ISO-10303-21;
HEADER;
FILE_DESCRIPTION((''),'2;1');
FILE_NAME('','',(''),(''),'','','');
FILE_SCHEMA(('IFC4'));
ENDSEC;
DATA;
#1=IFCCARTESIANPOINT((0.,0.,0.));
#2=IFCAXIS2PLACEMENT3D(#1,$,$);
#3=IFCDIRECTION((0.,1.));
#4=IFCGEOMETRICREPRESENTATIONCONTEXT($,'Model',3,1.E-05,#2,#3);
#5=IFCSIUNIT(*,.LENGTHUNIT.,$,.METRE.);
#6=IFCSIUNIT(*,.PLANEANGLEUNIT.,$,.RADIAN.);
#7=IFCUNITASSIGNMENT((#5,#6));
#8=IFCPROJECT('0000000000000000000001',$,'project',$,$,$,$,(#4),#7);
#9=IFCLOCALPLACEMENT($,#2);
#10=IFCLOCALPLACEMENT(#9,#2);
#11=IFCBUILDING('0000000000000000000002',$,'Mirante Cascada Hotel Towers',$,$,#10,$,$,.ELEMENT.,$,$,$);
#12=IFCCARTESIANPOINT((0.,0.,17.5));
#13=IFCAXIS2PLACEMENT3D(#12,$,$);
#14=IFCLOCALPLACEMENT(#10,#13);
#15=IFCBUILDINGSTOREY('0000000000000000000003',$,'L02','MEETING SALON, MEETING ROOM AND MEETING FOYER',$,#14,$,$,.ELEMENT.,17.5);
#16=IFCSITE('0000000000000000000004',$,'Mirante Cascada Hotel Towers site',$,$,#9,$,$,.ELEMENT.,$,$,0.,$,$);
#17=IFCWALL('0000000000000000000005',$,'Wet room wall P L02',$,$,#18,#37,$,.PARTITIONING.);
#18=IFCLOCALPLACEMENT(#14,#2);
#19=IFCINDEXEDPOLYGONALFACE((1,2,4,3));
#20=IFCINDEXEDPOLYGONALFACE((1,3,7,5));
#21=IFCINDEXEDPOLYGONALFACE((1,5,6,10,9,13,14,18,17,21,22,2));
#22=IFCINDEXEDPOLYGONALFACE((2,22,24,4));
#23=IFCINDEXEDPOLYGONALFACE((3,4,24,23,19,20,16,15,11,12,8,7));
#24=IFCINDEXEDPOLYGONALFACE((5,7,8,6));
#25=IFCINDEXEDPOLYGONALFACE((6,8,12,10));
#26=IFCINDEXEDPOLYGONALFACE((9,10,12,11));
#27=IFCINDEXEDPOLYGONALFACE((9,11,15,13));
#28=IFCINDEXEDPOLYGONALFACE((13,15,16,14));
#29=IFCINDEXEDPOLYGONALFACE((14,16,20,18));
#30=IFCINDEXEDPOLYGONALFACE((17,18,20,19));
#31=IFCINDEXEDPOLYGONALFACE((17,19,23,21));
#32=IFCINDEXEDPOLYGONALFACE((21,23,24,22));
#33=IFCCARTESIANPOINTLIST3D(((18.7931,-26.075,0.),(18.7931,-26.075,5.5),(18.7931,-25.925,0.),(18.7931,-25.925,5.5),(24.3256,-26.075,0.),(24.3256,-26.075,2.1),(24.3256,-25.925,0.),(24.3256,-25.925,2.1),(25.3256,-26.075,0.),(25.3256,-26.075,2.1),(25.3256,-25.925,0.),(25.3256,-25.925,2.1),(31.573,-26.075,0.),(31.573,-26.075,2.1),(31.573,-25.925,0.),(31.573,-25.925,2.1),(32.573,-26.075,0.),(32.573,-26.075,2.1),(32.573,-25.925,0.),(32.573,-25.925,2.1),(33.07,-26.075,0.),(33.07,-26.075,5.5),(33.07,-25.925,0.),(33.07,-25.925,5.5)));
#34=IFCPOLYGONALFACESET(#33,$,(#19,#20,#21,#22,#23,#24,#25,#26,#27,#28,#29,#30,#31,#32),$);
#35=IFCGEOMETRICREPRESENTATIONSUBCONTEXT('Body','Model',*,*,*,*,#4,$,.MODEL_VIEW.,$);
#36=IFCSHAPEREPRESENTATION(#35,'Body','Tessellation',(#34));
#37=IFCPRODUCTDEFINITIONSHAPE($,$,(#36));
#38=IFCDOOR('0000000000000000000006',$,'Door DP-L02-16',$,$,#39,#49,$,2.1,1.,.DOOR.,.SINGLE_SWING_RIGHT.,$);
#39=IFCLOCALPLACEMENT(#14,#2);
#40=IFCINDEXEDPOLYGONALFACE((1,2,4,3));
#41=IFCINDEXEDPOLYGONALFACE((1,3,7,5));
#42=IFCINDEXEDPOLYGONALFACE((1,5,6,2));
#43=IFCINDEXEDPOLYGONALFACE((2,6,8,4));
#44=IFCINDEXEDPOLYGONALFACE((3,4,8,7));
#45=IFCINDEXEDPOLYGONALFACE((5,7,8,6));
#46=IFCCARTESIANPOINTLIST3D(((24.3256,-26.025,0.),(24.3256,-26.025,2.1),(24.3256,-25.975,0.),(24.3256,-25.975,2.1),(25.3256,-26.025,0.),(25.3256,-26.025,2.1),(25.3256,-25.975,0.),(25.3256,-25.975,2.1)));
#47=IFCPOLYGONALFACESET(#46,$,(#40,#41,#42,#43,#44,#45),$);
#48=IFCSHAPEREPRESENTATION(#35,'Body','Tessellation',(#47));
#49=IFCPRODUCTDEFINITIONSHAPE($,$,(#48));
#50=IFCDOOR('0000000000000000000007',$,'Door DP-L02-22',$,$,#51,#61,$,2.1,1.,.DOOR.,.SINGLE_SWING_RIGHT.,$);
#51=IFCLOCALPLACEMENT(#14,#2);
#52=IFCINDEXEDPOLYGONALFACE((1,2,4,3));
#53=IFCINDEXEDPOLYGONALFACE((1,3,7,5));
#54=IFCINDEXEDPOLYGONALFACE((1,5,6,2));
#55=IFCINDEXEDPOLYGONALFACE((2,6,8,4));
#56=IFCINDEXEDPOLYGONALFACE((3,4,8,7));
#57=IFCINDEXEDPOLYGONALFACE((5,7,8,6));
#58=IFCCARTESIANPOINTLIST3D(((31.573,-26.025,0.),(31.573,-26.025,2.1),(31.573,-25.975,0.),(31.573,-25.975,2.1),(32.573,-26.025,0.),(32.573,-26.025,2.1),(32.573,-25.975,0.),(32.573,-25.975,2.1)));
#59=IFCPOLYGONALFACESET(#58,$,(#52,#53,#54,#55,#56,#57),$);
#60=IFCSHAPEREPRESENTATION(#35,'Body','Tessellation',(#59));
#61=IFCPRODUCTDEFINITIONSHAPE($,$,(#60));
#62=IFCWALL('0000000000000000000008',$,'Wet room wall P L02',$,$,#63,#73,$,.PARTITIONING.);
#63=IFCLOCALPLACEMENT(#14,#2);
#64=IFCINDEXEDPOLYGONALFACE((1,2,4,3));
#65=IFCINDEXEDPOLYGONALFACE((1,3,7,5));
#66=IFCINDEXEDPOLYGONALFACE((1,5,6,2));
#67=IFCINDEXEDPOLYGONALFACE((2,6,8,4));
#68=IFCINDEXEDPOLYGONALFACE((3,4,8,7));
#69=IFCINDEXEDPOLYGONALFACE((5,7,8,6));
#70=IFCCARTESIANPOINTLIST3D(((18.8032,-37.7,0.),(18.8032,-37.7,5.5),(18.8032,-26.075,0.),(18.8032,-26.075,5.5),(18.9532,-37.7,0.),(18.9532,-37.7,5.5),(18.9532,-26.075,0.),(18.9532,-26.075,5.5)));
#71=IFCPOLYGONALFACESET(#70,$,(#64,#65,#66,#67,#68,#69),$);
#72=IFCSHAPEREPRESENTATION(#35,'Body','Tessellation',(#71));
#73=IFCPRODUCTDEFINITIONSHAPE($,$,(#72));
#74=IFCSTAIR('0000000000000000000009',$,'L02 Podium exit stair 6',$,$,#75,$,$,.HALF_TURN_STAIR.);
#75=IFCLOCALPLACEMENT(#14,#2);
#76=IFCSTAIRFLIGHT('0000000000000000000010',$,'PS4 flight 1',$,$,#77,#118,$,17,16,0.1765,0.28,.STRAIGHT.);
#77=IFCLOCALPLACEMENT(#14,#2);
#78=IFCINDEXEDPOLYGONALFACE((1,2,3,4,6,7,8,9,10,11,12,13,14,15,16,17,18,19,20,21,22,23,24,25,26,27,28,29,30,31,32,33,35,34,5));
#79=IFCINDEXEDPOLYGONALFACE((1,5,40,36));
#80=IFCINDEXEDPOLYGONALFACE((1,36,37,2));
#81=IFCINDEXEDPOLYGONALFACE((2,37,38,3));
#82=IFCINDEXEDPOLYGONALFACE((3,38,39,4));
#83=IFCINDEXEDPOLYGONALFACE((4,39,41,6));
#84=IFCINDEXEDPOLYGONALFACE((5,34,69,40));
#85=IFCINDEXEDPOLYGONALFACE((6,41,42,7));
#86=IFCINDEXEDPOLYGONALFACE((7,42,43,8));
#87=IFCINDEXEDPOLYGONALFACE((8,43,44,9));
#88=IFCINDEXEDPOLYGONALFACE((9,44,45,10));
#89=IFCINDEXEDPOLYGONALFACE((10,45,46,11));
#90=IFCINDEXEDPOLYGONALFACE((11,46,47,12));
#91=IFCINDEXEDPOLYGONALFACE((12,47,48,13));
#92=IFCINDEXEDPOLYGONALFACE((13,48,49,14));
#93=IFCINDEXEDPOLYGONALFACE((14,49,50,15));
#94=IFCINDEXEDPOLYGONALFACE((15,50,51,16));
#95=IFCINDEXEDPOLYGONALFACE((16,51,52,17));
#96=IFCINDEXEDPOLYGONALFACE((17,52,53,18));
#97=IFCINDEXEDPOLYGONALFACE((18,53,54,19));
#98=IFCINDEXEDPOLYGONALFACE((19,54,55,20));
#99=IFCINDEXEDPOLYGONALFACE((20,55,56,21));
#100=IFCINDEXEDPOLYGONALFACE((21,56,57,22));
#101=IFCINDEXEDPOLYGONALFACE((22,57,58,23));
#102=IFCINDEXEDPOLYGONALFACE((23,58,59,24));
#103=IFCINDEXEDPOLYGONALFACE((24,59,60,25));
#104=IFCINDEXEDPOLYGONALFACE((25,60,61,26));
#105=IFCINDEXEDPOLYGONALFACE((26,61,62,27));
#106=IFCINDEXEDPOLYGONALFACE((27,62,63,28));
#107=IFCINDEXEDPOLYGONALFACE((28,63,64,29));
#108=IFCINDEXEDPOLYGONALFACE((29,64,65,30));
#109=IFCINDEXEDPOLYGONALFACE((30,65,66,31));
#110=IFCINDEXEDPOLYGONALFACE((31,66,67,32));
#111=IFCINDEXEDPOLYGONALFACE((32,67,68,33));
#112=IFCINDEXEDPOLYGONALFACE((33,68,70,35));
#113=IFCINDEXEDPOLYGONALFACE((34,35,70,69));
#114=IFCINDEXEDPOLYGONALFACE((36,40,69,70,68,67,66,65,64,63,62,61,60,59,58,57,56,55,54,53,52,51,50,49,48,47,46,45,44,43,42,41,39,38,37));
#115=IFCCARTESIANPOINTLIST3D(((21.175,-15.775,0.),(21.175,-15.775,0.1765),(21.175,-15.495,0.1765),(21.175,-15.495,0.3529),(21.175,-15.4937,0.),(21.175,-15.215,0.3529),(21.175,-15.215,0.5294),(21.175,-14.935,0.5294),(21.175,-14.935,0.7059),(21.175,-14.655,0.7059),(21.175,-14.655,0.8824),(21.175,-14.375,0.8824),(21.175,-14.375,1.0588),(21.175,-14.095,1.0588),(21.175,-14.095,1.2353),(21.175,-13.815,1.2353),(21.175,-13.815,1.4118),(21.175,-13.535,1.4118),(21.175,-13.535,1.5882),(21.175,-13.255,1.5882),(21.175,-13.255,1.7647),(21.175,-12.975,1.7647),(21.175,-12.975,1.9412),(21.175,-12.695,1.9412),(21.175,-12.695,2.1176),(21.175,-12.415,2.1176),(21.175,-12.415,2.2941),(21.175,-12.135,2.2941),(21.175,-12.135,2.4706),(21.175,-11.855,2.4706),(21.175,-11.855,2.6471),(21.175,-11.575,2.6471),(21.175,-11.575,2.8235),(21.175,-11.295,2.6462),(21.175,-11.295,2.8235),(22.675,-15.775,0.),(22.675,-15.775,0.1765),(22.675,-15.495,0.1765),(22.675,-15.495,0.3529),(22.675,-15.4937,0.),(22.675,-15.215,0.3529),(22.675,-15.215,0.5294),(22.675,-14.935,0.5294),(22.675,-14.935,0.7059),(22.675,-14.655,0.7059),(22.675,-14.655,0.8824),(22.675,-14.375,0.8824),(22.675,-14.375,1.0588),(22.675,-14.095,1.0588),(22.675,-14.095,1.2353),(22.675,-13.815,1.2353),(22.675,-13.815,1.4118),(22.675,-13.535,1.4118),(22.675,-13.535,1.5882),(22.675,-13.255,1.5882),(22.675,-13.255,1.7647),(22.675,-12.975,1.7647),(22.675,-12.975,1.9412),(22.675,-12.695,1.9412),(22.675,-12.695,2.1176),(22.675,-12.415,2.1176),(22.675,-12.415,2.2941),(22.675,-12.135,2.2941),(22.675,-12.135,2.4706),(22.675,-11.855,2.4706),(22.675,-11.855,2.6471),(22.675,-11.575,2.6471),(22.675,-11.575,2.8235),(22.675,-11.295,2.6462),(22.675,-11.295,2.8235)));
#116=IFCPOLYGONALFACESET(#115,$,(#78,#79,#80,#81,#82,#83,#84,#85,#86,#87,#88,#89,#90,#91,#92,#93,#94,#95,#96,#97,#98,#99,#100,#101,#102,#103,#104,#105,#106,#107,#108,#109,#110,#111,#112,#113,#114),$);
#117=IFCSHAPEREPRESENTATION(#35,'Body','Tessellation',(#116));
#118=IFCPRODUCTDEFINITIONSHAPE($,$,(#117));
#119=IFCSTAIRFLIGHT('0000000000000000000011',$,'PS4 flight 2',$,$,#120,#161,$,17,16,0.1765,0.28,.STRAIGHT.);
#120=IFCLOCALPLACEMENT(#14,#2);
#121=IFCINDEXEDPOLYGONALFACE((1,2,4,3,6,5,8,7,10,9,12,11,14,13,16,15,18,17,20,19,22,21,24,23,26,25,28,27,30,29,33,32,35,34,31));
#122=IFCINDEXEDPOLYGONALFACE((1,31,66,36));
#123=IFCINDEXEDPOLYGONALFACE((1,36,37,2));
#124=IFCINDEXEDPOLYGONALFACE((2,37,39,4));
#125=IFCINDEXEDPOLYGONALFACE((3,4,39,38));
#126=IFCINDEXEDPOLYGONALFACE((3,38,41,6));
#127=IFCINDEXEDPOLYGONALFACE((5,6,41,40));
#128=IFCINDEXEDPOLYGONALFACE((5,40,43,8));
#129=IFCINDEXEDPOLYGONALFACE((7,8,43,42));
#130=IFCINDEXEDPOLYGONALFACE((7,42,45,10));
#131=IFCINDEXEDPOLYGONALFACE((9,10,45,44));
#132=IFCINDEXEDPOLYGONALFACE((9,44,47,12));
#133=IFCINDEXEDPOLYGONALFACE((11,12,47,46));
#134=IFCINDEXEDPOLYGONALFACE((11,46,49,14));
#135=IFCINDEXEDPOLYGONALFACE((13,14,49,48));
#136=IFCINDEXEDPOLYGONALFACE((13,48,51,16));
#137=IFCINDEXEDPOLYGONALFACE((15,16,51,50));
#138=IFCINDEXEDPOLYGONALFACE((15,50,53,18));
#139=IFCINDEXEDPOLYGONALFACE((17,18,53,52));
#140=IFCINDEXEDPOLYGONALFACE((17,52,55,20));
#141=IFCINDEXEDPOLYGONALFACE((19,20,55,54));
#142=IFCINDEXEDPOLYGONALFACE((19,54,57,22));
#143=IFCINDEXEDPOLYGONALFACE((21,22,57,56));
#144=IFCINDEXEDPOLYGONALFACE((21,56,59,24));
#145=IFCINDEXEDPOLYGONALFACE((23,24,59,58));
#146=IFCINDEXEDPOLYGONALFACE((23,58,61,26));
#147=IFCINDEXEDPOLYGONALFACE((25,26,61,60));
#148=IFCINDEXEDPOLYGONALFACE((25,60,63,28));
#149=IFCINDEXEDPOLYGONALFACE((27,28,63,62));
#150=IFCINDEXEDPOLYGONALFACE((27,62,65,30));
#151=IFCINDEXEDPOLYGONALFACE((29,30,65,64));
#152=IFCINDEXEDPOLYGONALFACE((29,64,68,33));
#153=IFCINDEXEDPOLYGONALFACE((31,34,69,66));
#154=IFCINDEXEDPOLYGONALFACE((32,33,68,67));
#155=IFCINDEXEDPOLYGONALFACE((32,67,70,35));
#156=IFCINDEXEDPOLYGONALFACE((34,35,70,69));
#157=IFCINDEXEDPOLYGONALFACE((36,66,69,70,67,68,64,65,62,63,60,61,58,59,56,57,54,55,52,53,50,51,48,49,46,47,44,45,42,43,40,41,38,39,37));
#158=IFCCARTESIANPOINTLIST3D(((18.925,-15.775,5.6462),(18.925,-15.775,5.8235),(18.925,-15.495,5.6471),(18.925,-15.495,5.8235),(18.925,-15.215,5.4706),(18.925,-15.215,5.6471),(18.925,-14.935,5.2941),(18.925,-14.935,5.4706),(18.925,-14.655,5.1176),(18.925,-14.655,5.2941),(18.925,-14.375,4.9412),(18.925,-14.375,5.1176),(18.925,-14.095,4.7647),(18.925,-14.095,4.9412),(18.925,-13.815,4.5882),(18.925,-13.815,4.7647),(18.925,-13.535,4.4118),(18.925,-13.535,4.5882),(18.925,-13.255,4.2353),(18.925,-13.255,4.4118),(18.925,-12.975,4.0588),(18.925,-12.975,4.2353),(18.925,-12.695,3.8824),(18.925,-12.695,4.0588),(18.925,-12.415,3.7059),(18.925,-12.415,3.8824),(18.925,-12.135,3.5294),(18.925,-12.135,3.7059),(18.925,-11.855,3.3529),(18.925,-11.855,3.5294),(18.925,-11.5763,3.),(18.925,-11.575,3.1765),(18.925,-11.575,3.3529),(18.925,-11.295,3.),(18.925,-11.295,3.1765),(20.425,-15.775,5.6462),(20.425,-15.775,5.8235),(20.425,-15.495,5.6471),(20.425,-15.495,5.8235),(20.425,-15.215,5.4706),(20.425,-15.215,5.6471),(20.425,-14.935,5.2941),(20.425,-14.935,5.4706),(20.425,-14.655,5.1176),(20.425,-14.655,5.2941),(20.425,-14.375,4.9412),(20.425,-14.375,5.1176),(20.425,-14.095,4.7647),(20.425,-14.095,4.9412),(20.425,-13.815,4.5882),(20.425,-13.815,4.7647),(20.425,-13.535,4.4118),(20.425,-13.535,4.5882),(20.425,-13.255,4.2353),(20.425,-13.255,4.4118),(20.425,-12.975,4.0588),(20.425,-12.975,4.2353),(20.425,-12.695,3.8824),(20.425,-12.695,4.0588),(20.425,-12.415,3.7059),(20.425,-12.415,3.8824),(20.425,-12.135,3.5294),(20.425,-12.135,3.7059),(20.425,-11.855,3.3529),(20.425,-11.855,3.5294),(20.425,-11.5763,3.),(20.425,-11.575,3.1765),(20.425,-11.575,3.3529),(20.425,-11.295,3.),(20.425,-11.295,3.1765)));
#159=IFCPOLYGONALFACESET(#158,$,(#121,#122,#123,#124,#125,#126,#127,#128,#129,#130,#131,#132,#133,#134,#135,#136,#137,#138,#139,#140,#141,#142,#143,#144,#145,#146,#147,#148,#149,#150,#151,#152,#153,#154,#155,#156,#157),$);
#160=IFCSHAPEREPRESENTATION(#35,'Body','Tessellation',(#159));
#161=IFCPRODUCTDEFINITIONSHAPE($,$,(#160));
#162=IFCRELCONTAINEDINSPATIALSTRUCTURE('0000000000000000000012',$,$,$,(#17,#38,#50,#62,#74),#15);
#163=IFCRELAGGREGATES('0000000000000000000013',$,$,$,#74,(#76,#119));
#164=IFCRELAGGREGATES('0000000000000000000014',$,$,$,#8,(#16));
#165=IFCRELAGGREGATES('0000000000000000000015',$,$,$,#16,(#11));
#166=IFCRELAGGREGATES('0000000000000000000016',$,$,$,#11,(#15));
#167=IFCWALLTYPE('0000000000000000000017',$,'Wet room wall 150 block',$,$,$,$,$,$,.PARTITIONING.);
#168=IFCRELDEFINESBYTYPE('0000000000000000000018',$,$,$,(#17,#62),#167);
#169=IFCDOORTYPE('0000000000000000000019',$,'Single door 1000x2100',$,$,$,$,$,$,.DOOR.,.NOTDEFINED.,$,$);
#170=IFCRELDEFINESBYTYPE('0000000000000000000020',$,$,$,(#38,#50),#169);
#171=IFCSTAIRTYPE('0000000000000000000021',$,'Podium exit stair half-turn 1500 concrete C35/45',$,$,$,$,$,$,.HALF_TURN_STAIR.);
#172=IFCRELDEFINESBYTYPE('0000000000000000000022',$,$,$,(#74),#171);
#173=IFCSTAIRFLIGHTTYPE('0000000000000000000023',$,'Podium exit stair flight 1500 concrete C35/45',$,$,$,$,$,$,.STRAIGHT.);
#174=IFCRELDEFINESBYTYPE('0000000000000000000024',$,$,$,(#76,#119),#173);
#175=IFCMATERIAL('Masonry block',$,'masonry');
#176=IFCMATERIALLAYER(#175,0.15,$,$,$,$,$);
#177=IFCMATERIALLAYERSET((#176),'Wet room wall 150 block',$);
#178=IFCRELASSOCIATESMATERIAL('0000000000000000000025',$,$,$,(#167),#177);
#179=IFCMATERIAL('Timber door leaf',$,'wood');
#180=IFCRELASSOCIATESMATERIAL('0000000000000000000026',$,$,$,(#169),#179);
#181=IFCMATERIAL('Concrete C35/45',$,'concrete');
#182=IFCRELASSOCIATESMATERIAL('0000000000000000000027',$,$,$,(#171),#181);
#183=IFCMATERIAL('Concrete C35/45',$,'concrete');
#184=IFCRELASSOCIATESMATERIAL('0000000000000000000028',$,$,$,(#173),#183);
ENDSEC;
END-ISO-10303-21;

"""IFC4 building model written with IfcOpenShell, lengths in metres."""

from ifc_helpers import new_model, si_unit, direction, frame, frame_2d, origin, place, context, subcontext, project, spatial, polyline, rectangle, outline, extrude, material, layer, layer_set, type_object, element, fill, aggregate, save


model = new_model("IFC4")

# Units and contexts
model_context = context("Model", 3, precision=1e-05, world=origin(), true_north=direction((0.0, 1.0)))
body_context = subcontext(model_context, "Body", "Model", "MODEL_VIEW")
ifc_project = project(units=[si_unit("LENGTHUNIT", "METRE"), si_unit("PLANEANGLEUNIT", "RADIAN")], contexts=[model_context])

# Site, building, storey
site_placement = place(None, origin())
site = spatial("IfcSite", under=ifc_project, at=site_placement, Name="Mirante Cascada Hotel Towers site", CompositionType="ELEMENT", RefElevation=0.0)
building_placement = place(site_placement, origin())
building = spatial("IfcBuilding", under=site, at=building_placement, Name="Mirante Cascada Hotel Towers", CompositionType="ELEMENT")
storey_placement = place(building_placement, frame((0.0, 0.0, 17.5)))
storey = spatial("IfcBuildingStorey", under=building, at=storey_placement, Name="L02", Description="MEETING SALON, MEETING ROOM AND MEETING FOYER", CompositionType="ELEMENT", Elevation=17.5)

# Wall, openings, doors
ifc_material_1 = material(Name="Masonry block", Category="masonry")
ifc_layer_1 = layer(ifc_material_1, 0.15)
ifc_layer_set_1 = layer_set([ifc_layer_1], Name="Wet room wall 150 block")
wall_type_1 = type_object("IfcWallType", Name="Wet room wall 150 block", PredefinedType="PARTITIONING", material=ifc_layer_set_1)
wall_1_placement = place(storey_placement, frame((18.7932, -26.0, 0.0), z_axis=(0.0, 0.0, 1.0), x_axis=(1.0, 0.0, 0.0)))
wall_1 = element("IfcWall", 1, at=wall_1_placement, inside=storey, type_object=wall_type_1, Name="Wet room wall P L02", PredefinedType="PARTITIONING", context=body_context, shape_type="SweptSolid", body=[
    extrude(rectangle(XDim=14.2769, YDim=0.15, at=frame_2d((7.1384, 0.0))), origin(), (0.0, 0.0, 1.0), 5.5),
])
opening_1_placement = place(wall_1_placement, frame((5.5324, 0.0, 0.0)))
opening_1 = element("IfcOpeningElement", 2, at=opening_1_placement, cuts=wall_1, PredefinedType="OPENING", context=body_context, shape_type="SweptSolid", body=[
    extrude(rectangle(XDim=1.0, YDim=2.1, at=frame_2d((0.5, 1.05))), frame((0.0, 0.075, 0.0), z_axis=(0.0, -1.0, 0.0), x_axis=(1.0, 0.0, 0.0)), (0.0, 0.0, 1.0), 0.15),
])
opening_2_placement = place(wall_1_placement, frame((12.7798, 0.0, 0.0)))
opening_2 = element("IfcOpeningElement", 3, at=opening_2_placement, cuts=wall_1, PredefinedType="OPENING", context=body_context, shape_type="SweptSolid", body=[
    extrude(rectangle(XDim=1.0, YDim=2.1, at=frame_2d((0.5, 1.05))), frame((0.0, 0.075, 0.0), z_axis=(0.0, -1.0, 0.0), x_axis=(1.0, 0.0, 0.0)), (0.0, 0.0, 1.0), 0.15),
])
ifc_material_2 = material(Name="Timber door leaf", Category="wood")
door_type_1 = type_object("IfcDoorType", Name="Single door 1000x2100", OperationType="NOTDEFINED", PredefinedType="DOOR", material=ifc_material_2)
door_1_placement = place(opening_1_placement, frame((1.0, 0.0, 0.0), z_axis=(0.0, 0.0, 1.0), x_axis=(-1.0, 0.0, 0.0)))
door_1 = element("IfcDoor", 4, at=door_1_placement, inside=storey, type_object=door_type_1, Name="Door DP-L02-16", OperationType="SINGLE_SWING_RIGHT", OverallHeight=2.1, OverallWidth=1.0, PredefinedType="DOOR", context=body_context, shape_type="SweptSolid", body=[
    extrude(rectangle(XDim=1.0, YDim=2.1, at=frame_2d((0.5, 1.05))), frame((0.0, 0.025, 0.0), z_axis=(0.0, -1.0, 0.0), x_axis=(1.0, 0.0, 0.0)), (0.0, 0.0, 1.0), 0.05),
])
fill(opening_1, door_1)
door_2_placement = place(opening_2_placement, frame((1.0, 0.0, 0.0), z_axis=(0.0, 0.0, 1.0), x_axis=(-1.0, 0.0, 0.0)))
door_2 = element("IfcDoor", 5, at=door_2_placement, inside=storey, type_object=door_type_1, Name="Door DP-L02-22", OperationType="SINGLE_SWING_RIGHT", OverallHeight=2.1, OverallWidth=1.0, PredefinedType="DOOR", context=body_context, shape_type="SweptSolid", body=[
    extrude(rectangle(XDim=1.0, YDim=2.1, at=frame_2d((0.5, 1.05))), frame((0.0, 0.025, 0.0), z_axis=(0.0, -1.0, 0.0), x_axis=(1.0, 0.0, 0.0)), (0.0, 0.0, 1.0), 0.05),
])
fill(opening_2, door_2)

# Wall
wall_2_placement = place(storey_placement, frame((18.8782, -37.7, 0.0), z_axis=(0.0, 0.0, 1.0), x_axis=(0.0, 1.0, 0.0)))
element("IfcWall", 6, at=wall_2_placement, inside=storey, type_object=wall_type_1, Name="Wet room wall P L02", PredefinedType="PARTITIONING", context=body_context, shape_type="SweptSolid", body=[
    extrude(rectangle(XDim=11.625, YDim=0.15, at=frame_2d((5.8125, 0.0))), origin(), (0.0, 0.0, 1.0), 5.5),
])

# Stair, stair flights
ifc_material_3 = material(Name="Concrete C35/45", Category="concrete")
stair_type = type_object("IfcStairType", Name="Podium exit stair half-turn 1500 concrete C35/45", PredefinedType="HALF_TURN_STAIR", material=ifc_material_3)
stair_placement = place(storey_placement, origin())
stair = element("IfcStair", 7, at=stair_placement, inside=storey, type_object=stair_type, Name="L02 Podium exit stair 6", PredefinedType="HALF_TURN_STAIR")
ifc_material_4 = material(Name="Concrete C35/45", Category="concrete")
stair_flight_type = type_object("IfcStairFlightType", Name="Podium exit stair flight 1500 concrete C35/45", PredefinedType="STRAIGHT", material=ifc_material_4)
stair_flight_1_placement = place(storey_placement, frame((21.925, -15.775, 0.0), z_axis=(0.0, 0.0, 1.0), x_axis=(0.0, 1.0, 0.0)))
stair_flight_1 = element("IfcStairFlight", 8, at=stair_flight_1_placement, type_object=stair_flight_type, Name="PS4 flight 1", NumberOfRisers=17, NumberOfTreads=16, PredefinedType="STRAIGHT", RiserHeight=0.1765, TreadLength=0.28, context=body_context, shape_type="SweptSolid", body=[
    extrude(outline(polyline([(0.0, 0.0), (0.0, 0.1765), (0.28, 0.1765), (0.28, 0.3529), (0.56, 0.3529), (0.56, 0.5294), (0.84, 0.5294), (0.84, 0.7059), (1.12, 0.7059), (1.12, 0.8824), (1.4, 0.8824), (1.4, 1.0588), (1.68, 1.0588), (1.68, 1.2353), (1.96, 1.2353), (1.96, 1.4118), (2.24, 1.4118), (2.24, 1.5882), (2.52, 1.5882), (2.52, 1.7647), (2.8, 1.7647), (2.8, 1.9412), (3.08, 1.9412), (3.08, 2.1176), (3.36, 2.1176), (3.36, 2.2941), (3.64, 2.2941), (3.64, 2.4706), (3.92, 2.4706), (3.92, 2.6471), (4.2, 2.6471), (4.2, 2.8235), (4.48, 2.8235), (4.48, 3.0), (4.48, 2.6462), (0.2813, 0.0), (0.0, 0.0)])), frame((0.0, 0.75, 0.0), z_axis=(0.0, -1.0, 0.0), x_axis=(1.0, 0.0, 0.0)), (0.0, 0.0, 1.0), 1.5),
])
stair_flight_2_placement = place(storey_placement, frame((19.675, -11.295, 3.0), z_axis=(0.0, 0.0, 1.0), x_axis=(0.0, -1.0, 0.0)))
stair_flight_2 = element("IfcStairFlight", 9, at=stair_flight_2_placement, type_object=stair_flight_type, Name="PS4 flight 2", NumberOfRisers=17, NumberOfTreads=16, PredefinedType="STRAIGHT", RiserHeight=0.1765, TreadLength=0.28, context=body_context, shape_type="SweptSolid", body=[
    extrude(outline(polyline([(0.0, 0.0), (0.0, 0.1765), (0.28, 0.1765), (0.28, 0.3529), (0.56, 0.3529), (0.56, 0.5294), (0.84, 0.5294), (0.84, 0.7059), (1.12, 0.7059), (1.12, 0.8824), (1.4, 0.8824), (1.4, 1.0588), (1.68, 1.0588), (1.68, 1.2353), (1.96, 1.2353), (1.96, 1.4118), (2.24, 1.4118), (2.24, 1.5882), (2.52, 1.5882), (2.52, 1.7647), (2.8, 1.7647), (2.8, 1.9412), (3.08, 1.9412), (3.08, 2.1176), (3.36, 2.1176), (3.36, 2.2941), (3.64, 2.2941), (3.64, 2.4706), (3.92, 2.4706), (3.92, 2.6471), (4.2, 2.6471), (4.2, 2.8235), (4.48, 2.8235), (4.48, 3.0), (4.48, 2.6462), (0.2813, 0.0), (0.0, 0.0)])), frame((0.0, 0.75, 0.0), z_axis=(0.0, -1.0, 0.0), x_axis=(1.0, 0.0, 0.0)), (0.0, 0.0, 1.0), 1.5),
])
aggregate(stair, [stair_flight_1, stair_flight_2])

save(model, "model.ifc")
